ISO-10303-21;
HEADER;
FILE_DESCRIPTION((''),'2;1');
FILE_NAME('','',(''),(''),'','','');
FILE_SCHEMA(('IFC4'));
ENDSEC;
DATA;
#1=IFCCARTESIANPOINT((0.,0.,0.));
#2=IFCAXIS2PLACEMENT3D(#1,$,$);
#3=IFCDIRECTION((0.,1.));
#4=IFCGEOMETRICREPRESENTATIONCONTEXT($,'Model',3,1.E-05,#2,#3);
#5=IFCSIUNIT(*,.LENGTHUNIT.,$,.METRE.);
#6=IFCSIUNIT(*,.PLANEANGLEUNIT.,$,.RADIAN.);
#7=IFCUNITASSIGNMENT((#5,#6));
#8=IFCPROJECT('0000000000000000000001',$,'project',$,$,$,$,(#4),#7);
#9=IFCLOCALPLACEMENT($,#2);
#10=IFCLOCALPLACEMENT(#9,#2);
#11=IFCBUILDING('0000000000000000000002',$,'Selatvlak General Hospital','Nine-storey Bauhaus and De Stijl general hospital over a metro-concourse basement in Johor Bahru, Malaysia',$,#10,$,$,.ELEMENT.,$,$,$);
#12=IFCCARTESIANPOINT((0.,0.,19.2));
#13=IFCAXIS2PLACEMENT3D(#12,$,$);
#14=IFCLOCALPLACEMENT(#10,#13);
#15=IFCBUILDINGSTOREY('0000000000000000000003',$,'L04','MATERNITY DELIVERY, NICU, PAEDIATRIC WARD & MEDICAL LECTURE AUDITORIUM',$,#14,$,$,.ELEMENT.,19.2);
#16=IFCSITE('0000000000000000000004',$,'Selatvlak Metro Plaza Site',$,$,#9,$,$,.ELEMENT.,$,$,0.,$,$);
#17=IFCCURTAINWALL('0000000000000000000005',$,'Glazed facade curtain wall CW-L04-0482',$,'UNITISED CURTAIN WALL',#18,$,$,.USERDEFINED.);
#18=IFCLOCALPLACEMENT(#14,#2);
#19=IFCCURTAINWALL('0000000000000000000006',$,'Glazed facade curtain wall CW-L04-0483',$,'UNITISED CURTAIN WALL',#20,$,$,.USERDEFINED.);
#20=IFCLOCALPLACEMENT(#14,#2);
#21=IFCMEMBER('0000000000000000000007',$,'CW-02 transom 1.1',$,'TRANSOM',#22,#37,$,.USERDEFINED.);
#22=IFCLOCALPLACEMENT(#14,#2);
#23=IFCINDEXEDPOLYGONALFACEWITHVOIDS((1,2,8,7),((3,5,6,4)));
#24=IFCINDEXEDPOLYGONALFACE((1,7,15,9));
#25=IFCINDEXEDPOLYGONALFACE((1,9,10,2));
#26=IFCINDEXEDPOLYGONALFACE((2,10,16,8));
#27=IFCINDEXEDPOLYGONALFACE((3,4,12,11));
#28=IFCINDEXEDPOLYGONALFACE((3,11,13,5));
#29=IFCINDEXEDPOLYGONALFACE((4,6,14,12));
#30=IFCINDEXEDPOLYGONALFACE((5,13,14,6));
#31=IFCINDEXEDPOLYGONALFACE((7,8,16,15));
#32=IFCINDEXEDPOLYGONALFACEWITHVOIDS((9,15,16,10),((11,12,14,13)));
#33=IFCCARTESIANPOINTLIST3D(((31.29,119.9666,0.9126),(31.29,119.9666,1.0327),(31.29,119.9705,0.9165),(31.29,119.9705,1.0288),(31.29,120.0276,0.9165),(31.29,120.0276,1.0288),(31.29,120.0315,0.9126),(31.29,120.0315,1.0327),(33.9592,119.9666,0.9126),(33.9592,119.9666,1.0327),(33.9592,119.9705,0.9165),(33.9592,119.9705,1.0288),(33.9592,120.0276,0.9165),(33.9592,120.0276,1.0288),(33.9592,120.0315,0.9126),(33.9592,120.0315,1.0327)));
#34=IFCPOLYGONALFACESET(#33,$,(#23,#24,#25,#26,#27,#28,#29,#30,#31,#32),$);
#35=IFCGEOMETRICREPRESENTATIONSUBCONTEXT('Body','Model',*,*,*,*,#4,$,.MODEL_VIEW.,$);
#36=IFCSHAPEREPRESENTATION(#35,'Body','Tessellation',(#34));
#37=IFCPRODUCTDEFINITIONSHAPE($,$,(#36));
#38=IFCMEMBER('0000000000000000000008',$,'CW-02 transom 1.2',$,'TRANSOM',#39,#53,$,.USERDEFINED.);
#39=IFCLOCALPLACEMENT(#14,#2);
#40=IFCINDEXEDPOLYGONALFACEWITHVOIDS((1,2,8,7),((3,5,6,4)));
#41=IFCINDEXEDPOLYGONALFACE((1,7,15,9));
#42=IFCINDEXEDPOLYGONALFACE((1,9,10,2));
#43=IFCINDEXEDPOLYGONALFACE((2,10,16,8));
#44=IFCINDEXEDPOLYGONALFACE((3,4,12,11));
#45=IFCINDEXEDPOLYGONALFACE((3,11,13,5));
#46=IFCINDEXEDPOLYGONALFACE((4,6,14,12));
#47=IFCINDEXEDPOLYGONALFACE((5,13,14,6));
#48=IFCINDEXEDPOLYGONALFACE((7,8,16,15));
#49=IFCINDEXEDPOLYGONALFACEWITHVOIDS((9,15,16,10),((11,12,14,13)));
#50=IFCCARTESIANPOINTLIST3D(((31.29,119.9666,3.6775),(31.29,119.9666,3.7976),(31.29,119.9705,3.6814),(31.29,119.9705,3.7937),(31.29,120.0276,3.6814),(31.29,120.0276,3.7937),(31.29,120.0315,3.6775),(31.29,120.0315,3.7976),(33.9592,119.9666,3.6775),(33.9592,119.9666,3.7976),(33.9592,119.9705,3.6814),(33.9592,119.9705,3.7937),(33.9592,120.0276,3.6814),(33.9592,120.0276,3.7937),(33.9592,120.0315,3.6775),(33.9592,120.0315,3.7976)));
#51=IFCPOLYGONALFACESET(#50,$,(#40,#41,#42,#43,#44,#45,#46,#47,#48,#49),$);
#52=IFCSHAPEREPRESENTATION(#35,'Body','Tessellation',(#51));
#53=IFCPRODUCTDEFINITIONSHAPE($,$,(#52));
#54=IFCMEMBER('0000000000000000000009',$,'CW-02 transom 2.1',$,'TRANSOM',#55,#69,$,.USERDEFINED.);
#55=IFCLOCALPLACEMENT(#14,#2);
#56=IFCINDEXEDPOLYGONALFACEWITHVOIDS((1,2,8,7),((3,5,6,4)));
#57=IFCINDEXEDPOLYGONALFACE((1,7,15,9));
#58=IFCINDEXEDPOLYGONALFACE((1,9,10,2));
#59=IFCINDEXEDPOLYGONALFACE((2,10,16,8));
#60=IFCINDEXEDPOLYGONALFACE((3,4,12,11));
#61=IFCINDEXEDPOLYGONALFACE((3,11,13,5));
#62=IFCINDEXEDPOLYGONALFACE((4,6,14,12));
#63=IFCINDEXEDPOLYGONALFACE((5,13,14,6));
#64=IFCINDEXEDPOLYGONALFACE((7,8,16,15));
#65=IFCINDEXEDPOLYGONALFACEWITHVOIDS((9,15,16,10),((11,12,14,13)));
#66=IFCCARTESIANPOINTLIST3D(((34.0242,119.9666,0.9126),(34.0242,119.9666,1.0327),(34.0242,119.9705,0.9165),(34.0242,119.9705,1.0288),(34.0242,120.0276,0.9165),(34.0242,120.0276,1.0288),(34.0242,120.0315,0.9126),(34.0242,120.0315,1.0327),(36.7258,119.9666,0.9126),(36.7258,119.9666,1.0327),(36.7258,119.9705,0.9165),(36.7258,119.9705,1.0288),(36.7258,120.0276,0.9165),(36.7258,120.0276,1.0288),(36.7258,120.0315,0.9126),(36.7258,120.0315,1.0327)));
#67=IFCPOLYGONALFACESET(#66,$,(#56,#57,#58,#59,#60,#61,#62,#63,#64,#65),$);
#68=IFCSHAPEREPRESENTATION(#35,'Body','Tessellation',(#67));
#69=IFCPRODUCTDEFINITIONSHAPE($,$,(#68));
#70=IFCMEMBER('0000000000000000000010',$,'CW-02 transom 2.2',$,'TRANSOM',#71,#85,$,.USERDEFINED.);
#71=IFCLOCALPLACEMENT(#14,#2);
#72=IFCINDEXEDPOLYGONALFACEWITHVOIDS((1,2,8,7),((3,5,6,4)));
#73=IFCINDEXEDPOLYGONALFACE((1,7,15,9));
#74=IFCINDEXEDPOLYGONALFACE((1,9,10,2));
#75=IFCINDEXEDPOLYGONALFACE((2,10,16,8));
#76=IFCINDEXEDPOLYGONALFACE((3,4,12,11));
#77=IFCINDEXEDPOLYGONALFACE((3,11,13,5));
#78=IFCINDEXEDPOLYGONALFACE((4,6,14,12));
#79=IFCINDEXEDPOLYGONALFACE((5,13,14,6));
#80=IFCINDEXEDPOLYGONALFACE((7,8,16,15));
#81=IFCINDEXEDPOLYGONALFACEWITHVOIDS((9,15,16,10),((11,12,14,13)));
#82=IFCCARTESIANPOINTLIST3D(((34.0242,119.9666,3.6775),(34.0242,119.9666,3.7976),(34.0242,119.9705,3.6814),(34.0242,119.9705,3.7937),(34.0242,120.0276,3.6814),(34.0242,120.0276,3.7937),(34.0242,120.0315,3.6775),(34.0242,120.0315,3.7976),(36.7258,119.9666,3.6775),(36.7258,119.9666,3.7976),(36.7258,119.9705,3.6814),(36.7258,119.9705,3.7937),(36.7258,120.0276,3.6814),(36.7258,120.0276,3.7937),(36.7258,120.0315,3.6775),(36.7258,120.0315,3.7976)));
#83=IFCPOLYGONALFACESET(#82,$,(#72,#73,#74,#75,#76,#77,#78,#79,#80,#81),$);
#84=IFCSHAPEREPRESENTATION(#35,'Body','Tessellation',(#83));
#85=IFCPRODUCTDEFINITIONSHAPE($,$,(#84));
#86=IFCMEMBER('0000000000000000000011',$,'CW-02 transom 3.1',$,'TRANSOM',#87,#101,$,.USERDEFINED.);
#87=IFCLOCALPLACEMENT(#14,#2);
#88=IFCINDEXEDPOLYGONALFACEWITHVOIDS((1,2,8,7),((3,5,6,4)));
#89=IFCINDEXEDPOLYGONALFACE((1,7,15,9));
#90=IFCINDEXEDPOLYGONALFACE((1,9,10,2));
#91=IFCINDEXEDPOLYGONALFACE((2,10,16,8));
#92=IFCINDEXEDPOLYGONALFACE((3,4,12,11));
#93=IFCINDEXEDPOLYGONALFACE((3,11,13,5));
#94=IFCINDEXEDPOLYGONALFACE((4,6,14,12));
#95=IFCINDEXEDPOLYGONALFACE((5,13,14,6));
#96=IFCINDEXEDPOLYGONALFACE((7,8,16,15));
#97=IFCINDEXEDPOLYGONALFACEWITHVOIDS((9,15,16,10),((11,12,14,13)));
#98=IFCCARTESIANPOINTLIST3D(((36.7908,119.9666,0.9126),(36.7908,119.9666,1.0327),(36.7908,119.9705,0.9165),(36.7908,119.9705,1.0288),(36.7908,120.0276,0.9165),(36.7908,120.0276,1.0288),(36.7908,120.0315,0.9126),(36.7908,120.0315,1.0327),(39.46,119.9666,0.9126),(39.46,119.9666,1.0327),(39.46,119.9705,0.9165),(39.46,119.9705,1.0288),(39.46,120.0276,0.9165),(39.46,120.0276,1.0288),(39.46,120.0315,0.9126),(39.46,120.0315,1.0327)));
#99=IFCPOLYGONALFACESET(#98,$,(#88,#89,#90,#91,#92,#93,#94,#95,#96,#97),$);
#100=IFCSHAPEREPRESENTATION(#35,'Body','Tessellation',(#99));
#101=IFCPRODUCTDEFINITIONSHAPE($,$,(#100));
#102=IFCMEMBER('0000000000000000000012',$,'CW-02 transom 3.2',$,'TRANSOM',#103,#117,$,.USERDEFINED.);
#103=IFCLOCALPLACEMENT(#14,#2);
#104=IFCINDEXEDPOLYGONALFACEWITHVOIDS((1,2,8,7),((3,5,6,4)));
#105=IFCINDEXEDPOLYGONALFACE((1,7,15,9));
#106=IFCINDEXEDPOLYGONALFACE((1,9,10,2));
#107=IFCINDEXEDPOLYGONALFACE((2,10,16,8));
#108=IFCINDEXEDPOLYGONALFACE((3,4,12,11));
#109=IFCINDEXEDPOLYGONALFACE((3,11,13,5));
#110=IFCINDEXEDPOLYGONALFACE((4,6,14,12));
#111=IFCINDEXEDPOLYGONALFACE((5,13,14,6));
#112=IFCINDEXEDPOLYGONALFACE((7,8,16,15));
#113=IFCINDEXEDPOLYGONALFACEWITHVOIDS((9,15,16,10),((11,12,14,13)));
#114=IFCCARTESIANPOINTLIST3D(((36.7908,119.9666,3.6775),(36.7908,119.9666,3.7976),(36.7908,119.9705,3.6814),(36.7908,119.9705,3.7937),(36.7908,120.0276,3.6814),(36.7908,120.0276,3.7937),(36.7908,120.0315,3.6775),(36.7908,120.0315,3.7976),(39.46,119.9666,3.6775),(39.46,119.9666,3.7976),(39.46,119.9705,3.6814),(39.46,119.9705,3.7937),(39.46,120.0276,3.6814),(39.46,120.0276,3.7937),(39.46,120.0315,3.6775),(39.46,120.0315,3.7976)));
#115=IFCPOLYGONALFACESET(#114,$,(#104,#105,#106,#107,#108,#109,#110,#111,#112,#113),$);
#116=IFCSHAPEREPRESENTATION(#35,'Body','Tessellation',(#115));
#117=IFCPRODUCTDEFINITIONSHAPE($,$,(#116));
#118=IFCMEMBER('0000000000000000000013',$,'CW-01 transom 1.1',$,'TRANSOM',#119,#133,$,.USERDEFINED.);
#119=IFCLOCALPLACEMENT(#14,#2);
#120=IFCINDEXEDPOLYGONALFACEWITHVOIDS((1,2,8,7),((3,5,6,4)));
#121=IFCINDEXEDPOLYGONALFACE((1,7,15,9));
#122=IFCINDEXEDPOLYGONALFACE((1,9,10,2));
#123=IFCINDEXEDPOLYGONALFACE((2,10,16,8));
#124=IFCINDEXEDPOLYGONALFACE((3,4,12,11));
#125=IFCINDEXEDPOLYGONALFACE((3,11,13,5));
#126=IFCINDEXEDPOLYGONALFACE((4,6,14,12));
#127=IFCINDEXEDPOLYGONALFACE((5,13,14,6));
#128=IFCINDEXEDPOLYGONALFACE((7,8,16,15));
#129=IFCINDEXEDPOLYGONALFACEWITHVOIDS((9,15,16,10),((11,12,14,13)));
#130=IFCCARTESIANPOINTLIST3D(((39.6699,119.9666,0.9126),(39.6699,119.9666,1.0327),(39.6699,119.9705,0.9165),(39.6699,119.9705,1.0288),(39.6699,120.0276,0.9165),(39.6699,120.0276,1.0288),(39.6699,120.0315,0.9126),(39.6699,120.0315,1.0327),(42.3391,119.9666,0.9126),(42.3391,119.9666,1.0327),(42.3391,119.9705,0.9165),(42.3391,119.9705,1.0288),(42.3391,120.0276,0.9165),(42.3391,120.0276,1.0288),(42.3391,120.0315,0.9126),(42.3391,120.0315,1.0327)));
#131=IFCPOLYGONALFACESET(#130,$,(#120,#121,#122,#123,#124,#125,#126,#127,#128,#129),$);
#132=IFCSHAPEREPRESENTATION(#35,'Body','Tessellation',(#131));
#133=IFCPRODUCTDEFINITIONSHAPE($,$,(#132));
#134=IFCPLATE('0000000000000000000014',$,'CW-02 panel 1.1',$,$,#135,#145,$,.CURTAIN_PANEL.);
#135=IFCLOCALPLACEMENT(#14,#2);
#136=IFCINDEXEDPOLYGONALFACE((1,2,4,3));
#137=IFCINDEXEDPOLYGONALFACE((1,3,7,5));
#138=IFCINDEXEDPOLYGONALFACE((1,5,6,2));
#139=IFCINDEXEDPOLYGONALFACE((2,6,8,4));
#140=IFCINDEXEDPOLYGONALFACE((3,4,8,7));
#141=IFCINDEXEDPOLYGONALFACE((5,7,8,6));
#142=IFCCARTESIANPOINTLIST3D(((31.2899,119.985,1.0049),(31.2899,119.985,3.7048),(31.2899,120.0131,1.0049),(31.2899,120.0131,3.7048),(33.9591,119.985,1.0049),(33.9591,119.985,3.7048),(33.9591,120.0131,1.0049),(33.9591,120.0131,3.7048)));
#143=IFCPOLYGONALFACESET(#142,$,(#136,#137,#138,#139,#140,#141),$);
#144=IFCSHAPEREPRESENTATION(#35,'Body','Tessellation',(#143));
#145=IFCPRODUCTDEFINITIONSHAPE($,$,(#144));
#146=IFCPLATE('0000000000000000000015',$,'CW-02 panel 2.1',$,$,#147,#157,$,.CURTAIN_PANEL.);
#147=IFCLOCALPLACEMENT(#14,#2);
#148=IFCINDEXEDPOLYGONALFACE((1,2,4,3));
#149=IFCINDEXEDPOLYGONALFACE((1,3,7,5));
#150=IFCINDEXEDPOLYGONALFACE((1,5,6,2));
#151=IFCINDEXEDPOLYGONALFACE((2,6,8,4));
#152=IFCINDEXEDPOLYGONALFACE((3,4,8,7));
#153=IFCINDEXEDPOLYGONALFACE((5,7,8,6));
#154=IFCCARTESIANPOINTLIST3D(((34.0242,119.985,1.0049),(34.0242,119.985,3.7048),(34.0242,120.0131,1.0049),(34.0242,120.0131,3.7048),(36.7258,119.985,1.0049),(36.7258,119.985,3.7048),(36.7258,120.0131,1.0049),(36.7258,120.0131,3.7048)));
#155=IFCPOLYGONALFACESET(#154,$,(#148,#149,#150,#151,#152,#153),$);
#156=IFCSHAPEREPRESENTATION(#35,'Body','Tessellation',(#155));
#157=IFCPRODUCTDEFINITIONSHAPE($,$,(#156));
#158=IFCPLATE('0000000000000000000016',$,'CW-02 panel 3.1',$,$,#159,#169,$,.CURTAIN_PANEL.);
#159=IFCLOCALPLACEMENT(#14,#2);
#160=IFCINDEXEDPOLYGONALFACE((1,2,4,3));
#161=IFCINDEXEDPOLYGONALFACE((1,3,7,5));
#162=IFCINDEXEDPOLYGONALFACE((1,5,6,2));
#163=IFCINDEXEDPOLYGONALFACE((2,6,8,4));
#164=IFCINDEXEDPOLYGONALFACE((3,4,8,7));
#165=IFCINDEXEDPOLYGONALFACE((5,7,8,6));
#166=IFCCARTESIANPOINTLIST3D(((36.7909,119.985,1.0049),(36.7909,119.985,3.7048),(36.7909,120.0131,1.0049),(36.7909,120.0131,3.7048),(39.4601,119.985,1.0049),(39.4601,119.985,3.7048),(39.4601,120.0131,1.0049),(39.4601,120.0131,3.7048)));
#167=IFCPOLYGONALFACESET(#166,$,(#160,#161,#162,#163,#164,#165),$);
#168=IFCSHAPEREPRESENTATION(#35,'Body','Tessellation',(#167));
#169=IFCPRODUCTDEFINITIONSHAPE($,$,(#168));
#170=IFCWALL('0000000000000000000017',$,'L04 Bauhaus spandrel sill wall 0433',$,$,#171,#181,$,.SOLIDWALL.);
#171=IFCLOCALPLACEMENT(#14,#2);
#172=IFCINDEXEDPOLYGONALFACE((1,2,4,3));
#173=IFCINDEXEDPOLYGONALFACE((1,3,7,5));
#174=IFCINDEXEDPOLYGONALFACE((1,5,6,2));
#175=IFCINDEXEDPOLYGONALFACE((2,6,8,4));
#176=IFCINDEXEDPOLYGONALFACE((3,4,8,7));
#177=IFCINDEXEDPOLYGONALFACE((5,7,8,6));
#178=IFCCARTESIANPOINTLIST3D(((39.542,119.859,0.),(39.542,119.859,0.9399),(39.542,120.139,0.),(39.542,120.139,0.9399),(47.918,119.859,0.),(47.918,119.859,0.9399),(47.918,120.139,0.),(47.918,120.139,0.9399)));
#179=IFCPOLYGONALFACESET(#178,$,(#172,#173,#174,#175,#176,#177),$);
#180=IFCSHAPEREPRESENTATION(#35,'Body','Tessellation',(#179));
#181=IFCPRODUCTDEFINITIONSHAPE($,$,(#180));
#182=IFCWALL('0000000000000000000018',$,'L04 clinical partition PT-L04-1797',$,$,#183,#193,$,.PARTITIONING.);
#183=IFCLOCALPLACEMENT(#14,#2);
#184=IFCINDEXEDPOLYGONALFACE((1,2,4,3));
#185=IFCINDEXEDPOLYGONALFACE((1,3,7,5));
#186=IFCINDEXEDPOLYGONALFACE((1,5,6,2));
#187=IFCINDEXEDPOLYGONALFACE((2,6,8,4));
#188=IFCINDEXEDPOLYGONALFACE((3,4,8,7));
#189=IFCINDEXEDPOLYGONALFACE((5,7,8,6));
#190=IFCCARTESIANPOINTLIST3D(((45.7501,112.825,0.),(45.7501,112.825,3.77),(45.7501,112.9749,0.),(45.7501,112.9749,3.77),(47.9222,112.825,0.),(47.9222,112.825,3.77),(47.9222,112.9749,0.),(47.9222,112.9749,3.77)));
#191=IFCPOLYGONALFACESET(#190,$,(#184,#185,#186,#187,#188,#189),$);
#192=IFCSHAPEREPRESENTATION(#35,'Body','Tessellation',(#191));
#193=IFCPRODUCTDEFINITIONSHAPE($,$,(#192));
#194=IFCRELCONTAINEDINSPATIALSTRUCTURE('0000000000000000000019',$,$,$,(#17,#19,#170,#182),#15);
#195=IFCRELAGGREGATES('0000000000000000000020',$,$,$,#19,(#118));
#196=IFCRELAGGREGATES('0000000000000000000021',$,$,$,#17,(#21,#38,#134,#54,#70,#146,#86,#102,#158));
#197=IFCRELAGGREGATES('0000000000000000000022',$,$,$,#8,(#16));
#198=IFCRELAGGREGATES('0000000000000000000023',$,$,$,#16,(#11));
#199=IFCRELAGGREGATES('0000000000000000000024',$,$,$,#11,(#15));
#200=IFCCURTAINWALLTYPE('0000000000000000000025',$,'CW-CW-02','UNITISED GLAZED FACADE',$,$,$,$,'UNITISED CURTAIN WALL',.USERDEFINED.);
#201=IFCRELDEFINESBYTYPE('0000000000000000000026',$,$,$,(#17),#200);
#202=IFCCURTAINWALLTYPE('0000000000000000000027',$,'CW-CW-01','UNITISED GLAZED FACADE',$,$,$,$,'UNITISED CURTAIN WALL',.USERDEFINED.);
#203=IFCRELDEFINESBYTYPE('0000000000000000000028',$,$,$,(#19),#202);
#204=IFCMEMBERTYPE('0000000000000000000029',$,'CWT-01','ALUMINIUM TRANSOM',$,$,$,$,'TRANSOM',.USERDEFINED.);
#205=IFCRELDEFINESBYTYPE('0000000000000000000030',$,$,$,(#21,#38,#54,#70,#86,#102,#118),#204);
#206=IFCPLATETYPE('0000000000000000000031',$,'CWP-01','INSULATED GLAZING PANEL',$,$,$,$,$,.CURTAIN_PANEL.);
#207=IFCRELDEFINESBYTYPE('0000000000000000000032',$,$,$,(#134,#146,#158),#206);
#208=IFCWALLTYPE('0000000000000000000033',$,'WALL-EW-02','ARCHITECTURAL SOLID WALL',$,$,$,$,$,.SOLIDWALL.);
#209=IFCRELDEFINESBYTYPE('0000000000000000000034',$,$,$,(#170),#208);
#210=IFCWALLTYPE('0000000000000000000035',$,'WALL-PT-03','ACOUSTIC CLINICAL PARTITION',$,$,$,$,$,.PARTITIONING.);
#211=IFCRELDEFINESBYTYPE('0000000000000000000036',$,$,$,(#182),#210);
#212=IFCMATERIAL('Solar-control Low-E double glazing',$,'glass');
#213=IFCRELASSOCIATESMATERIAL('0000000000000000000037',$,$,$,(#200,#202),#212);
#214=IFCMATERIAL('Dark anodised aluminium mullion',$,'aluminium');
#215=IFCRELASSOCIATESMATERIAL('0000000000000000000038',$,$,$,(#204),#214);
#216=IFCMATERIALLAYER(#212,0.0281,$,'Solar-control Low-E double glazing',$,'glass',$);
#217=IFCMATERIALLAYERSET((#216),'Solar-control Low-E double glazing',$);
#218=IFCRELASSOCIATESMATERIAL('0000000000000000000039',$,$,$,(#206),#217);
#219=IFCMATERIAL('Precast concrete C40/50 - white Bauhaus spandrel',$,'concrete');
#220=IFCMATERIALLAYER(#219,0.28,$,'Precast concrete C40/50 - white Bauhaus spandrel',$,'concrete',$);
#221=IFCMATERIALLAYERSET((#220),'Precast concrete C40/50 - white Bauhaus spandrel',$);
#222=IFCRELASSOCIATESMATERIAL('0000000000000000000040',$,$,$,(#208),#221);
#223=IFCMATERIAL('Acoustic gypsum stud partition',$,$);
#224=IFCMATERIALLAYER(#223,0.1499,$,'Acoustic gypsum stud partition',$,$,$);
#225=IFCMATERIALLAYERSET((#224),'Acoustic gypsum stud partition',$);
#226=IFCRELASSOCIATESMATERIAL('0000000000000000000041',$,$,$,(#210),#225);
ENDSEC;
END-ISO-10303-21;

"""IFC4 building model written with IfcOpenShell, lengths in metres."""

from ifc_helpers import new_model, si_unit, direction, frame, frame_2d, origin, origin_2d, place, context, subcontext, project, spatial, rectangle, hollow_rectangle, extrude, material, layer, layer_set, material_profile, profile_set, type_object, element, aggregate, save


model = new_model("IFC4")

# Units and contexts
model_context = context("Model", 3, precision=1e-05, world=origin(), true_north=direction((0.0, 1.0)))
body_context = subcontext(model_context, "Body", "Model", "MODEL_VIEW")
ifc_project = project(units=[si_unit("LENGTHUNIT", "METRE"), si_unit("PLANEANGLEUNIT", "RADIAN")], contexts=[model_context])

# Site, building, storey
site_placement = place(None, origin())
site = spatial("IfcSite", under=ifc_project, at=site_placement, Name="Selatvlak Metro Plaza Site", CompositionType="ELEMENT", RefElevation=0.0)
building_placement = place(site_placement, origin())
building = spatial("IfcBuilding", under=site, at=building_placement, Name="Selatvlak General Hospital", Description="Nine-storey Bauhaus and De Stijl general hospital over a metro-concourse basement in Johor Bahru, Malaysia", CompositionType="ELEMENT")
storey_placement = place(building_placement, frame((0.0, 0.0, 19.2)))
storey = spatial("IfcBuildingStorey", under=building, at=storey_placement, Name="L04", Description="MATERNITY DELIVERY, NICU, PAEDIATRIC WARD & MEDICAL LECTURE AUDITORIUM", CompositionType="ELEMENT", Elevation=19.2)

# Curtain wall
ifc_material_1 = material(Name="Solar-control Low-E double glazing", Category="glass")
curtain_wall_type_1 = type_object("IfcCurtainWallType", Name="CW-CW-02", Description="UNITISED GLAZED FACADE", ElementType="UNITISED CURTAIN WALL", PredefinedType="USERDEFINED", material=ifc_material_1)
curtain_wall_1_placement = place(storey_placement, origin())
curtain_wall_1 = element("IfcCurtainWall", 1, at=curtain_wall_1_placement, inside=storey, type_object=curtain_wall_type_1, Name="Glazed facade curtain wall CW-L04-0482", ObjectType="UNITISED CURTAIN WALL", PredefinedType="USERDEFINED")
ifc_material_2 = material(Name="Dark anodised aluminium mullion", Category="aluminium")

# Curtain wall
curtain_wall_type_2 = type_object("IfcCurtainWallType", Name="CW-CW-01", Description="UNITISED GLAZED FACADE", ElementType="UNITISED CURTAIN WALL", PredefinedType="USERDEFINED", material=ifc_material_1)
curtain_wall_2_placement = place(storey_placement, origin())
curtain_wall_2 = element("IfcCurtainWall", 2, at=curtain_wall_2_placement, inside=storey, type_object=curtain_wall_type_2, Name="Glazed facade curtain wall CW-L04-0483", ObjectType="UNITISED CURTAIN WALL", PredefinedType="USERDEFINED")

# Members
ifc_material_profile_1 = material_profile(ifc_material_2, hollow_rectangle(XDim=0.0649, YDim=0.1201, WallThickness=0.0039, at=origin_2d()), Name="AL-TRN 65x120x4")
ifc_profile_set_1 = profile_set([ifc_material_profile_1], Name="Dark anodised aluminium mullion")
member_type_1 = type_object("IfcMemberType", Name="CWT-01", Description="ALUMINIUM TRANSOM", ElementType="TRANSOM", PredefinedType="USERDEFINED", material=ifc_profile_set_1)
member_1_placement = place(storey_placement, frame((31.29, 119.999, 0.9727), z_axis=(1.0, 0.0, 0.0), x_axis=(0.0, 1.0, 0.0)))
member_1 = element("IfcMember", 3, at=member_1_placement, type_object=member_type_1, Name="CW-02 transom 1.1", ObjectType="TRANSOM", PredefinedType="USERDEFINED", context=body_context, shape_type="SweptSolid", body=[
    extrude(hollow_rectangle(XDim=0.0649, YDim=0.1201, WallThickness=0.0039, at=origin_2d()), origin(), (0.0, 0.0, 1.0), 2.6692),
])
member_2_placement = place(storey_placement, frame((31.29, 119.999, 3.7375), z_axis=(1.0, 0.0, 0.0), x_axis=(0.0, 1.0, 0.0)))
member_2 = element("IfcMember", 4, at=member_2_placement, type_object=member_type_1, Name="CW-02 transom 1.2", ObjectType="TRANSOM", PredefinedType="USERDEFINED", context=body_context, shape_type="SweptSolid", body=[
    extrude(hollow_rectangle(XDim=0.0649, YDim=0.1201, WallThickness=0.0039, at=origin_2d()), origin(), (0.0, 0.0, 1.0), 2.6692),
])
member_3_placement = place(storey_placement, frame((34.0242, 119.999, 0.9727), z_axis=(1.0, 0.0, 0.0), x_axis=(0.0, 1.0, 0.0)))
member_3 = element("IfcMember", 5, at=member_3_placement, type_object=member_type_1, Name="CW-02 transom 2.1", ObjectType="TRANSOM", PredefinedType="USERDEFINED", context=body_context, shape_type="SweptSolid", body=[
    extrude(hollow_rectangle(XDim=0.0649, YDim=0.1201, WallThickness=0.0039, at=origin_2d()), origin(), (0.0, 0.0, 1.0), 2.7017),
])
member_4_placement = place(storey_placement, frame((34.0242, 119.999, 3.7375), z_axis=(1.0, 0.0, 0.0), x_axis=(0.0, 1.0, 0.0)))
member_4 = element("IfcMember", 6, at=member_4_placement, type_object=member_type_1, Name="CW-02 transom 2.2", ObjectType="TRANSOM", PredefinedType="USERDEFINED", context=body_context, shape_type="SweptSolid", body=[
    extrude(hollow_rectangle(XDim=0.0649, YDim=0.1201, WallThickness=0.0039, at=origin_2d()), origin(), (0.0, 0.0, 1.0), 2.7017),
])
member_5_placement = place(storey_placement, frame((36.7908, 119.999, 0.9727), z_axis=(1.0, 0.0, 0.0), x_axis=(0.0, 1.0, 0.0)))
member_5 = element("IfcMember", 7, at=member_5_placement, type_object=member_type_1, Name="CW-02 transom 3.1", ObjectType="TRANSOM", PredefinedType="USERDEFINED", context=body_context, shape_type="SweptSolid", body=[
    extrude(hollow_rectangle(XDim=0.0649, YDim=0.1201, WallThickness=0.0039, at=origin_2d()), origin(), (0.0, 0.0, 1.0), 2.6692),
])
member_6_placement = place(storey_placement, frame((36.7908, 119.999, 3.7375), z_axis=(1.0, 0.0, 0.0), x_axis=(0.0, 1.0, 0.0)))
member_6 = element("IfcMember", 8, at=member_6_placement, type_object=member_type_1, Name="CW-02 transom 3.2", ObjectType="TRANSOM", PredefinedType="USERDEFINED", context=body_context, shape_type="SweptSolid", body=[
    extrude(hollow_rectangle(XDim=0.0649, YDim=0.1201, WallThickness=0.0039, at=origin_2d()), origin(), (0.0, 0.0, 1.0), 2.6692),
])
member_7_placement = place(storey_placement, frame((39.6699, 119.999, 0.9727), z_axis=(1.0, 0.0, 0.0), x_axis=(0.0, 1.0, 0.0)))
member_7 = element("IfcMember", 9, at=member_7_placement, type_object=member_type_1, Name="CW-01 transom 1.1", ObjectType="TRANSOM", PredefinedType="USERDEFINED", context=body_context, shape_type="SweptSolid", body=[
    extrude(hollow_rectangle(XDim=0.0649, YDim=0.1201, WallThickness=0.0039, at=origin_2d()), origin(), (0.0, 0.0, 1.0), 2.6692),
])
aggregate(curtain_wall_2, [member_7])

# Plates
ifc_layer_1 = layer(ifc_material_1, 0.0281, Name="Solar-control Low-E double glazing", Category="glass")
ifc_layer_set_1 = layer_set([ifc_layer_1], Name="Solar-control Low-E double glazing")
plate_type = type_object("IfcPlateType", Name="CWP-01", Description="INSULATED GLAZING PANEL", PredefinedType="CURTAIN_PANEL", material=ifc_layer_set_1)
plate_1_placement = place(storey_placement, frame((32.6245, 119.999, 1.0049), z_axis=(0.0, 0.0, 1.0), x_axis=(1.0, 0.0, 0.0)))
plate_1 = element("IfcPlate", 10, at=plate_1_placement, type_object=plate_type, Name="CW-02 panel 1.1", PredefinedType="CURTAIN_PANEL", context=body_context, shape_type="SweptSolid", body=[
    extrude(rectangle(XDim=2.6692, YDim=0.0281, at=origin_2d()), origin(), (0.0, 0.0, 1.0), 2.7),
])
plate_2_placement = place(storey_placement, frame((35.375, 119.999, 1.0049), z_axis=(0.0, 0.0, 1.0), x_axis=(1.0, 0.0, 0.0)))
plate_2 = element("IfcPlate", 11, at=plate_2_placement, type_object=plate_type, Name="CW-02 panel 2.1", PredefinedType="CURTAIN_PANEL", context=body_context, shape_type="SweptSolid", body=[
    extrude(rectangle(XDim=2.7017, YDim=0.0281, at=origin_2d()), origin(), (0.0, 0.0, 1.0), 2.7),
])
plate_3_placement = place(storey_placement, frame((38.1255, 119.999, 1.0049), z_axis=(0.0, 0.0, 1.0), x_axis=(1.0, 0.0, 0.0)))
plate_3 = element("IfcPlate", 12, at=plate_3_placement, type_object=plate_type, Name="CW-02 panel 3.1", PredefinedType="CURTAIN_PANEL", context=body_context, shape_type="SweptSolid", body=[
    extrude(rectangle(XDim=2.6692, YDim=0.0281, at=origin_2d()), origin(), (0.0, 0.0, 1.0), 2.7),
])
aggregate(curtain_wall_1, [member_1, member_2, plate_1, member_3, member_4, plate_2, member_5, member_6, plate_3])

# Walls
ifc_material_3 = material(Name="Precast concrete C40/50 - white Bauhaus spandrel", Category="concrete")
ifc_layer_2 = layer(ifc_material_3, 0.28, Name="Precast concrete C40/50 - white Bauhaus spandrel", Category="concrete")
ifc_layer_set_2 = layer_set([ifc_layer_2], Name="Precast concrete C40/50 - white Bauhaus spandrel")
wall_type_1 = type_object("IfcWallType", Name="WALL-EW-02", Description="ARCHITECTURAL SOLID WALL", PredefinedType="SOLIDWALL", material=ifc_layer_set_2)
wall_1_placement = place(storey_placement, frame((39.542, 119.999, 0.0), z_axis=(0.0, 0.0, 1.0), x_axis=(1.0, 0.0, 0.0)))
element("IfcWall", 13, at=wall_1_placement, inside=storey, type_object=wall_type_1, Name="L04 Bauhaus spandrel sill wall 0433", PredefinedType="SOLIDWALL", context=body_context, shape_type="SweptSolid", body=[
    extrude(rectangle(XDim=8.376, YDim=0.28, at=frame_2d((4.188, 0.0))), origin(), (0.0, 0.0, 1.0), 0.9399),
])
ifc_material_4 = material(Name="Acoustic gypsum stud partition")
ifc_layer_3 = layer(ifc_material_4, 0.1499, Name="Acoustic gypsum stud partition")
ifc_layer_set_3 = layer_set([ifc_layer_3], Name="Acoustic gypsum stud partition")
wall_type_2 = type_object("IfcWallType", Name="WALL-PT-03", Description="ACOUSTIC CLINICAL PARTITION", PredefinedType="PARTITIONING", material=ifc_layer_set_3)
wall_2_placement = place(storey_placement, frame((47.9221, 112.8999, 0.0), z_axis=(0.0, 0.0, 1.0), x_axis=(-1.0, 0.0, 0.0)))
element("IfcWall", 14, at=wall_2_placement, inside=storey, type_object=wall_type_2, Name="L04 clinical partition PT-L04-1797", PredefinedType="PARTITIONING", context=body_context, shape_type="SweptSolid", body=[
    extrude(rectangle(XDim=2.1721, YDim=0.1499, at=frame_2d((1.0859, 0.0))), origin(), (0.0, 0.0, 1.0), 3.77),
])

save(model, "model.ifc")
